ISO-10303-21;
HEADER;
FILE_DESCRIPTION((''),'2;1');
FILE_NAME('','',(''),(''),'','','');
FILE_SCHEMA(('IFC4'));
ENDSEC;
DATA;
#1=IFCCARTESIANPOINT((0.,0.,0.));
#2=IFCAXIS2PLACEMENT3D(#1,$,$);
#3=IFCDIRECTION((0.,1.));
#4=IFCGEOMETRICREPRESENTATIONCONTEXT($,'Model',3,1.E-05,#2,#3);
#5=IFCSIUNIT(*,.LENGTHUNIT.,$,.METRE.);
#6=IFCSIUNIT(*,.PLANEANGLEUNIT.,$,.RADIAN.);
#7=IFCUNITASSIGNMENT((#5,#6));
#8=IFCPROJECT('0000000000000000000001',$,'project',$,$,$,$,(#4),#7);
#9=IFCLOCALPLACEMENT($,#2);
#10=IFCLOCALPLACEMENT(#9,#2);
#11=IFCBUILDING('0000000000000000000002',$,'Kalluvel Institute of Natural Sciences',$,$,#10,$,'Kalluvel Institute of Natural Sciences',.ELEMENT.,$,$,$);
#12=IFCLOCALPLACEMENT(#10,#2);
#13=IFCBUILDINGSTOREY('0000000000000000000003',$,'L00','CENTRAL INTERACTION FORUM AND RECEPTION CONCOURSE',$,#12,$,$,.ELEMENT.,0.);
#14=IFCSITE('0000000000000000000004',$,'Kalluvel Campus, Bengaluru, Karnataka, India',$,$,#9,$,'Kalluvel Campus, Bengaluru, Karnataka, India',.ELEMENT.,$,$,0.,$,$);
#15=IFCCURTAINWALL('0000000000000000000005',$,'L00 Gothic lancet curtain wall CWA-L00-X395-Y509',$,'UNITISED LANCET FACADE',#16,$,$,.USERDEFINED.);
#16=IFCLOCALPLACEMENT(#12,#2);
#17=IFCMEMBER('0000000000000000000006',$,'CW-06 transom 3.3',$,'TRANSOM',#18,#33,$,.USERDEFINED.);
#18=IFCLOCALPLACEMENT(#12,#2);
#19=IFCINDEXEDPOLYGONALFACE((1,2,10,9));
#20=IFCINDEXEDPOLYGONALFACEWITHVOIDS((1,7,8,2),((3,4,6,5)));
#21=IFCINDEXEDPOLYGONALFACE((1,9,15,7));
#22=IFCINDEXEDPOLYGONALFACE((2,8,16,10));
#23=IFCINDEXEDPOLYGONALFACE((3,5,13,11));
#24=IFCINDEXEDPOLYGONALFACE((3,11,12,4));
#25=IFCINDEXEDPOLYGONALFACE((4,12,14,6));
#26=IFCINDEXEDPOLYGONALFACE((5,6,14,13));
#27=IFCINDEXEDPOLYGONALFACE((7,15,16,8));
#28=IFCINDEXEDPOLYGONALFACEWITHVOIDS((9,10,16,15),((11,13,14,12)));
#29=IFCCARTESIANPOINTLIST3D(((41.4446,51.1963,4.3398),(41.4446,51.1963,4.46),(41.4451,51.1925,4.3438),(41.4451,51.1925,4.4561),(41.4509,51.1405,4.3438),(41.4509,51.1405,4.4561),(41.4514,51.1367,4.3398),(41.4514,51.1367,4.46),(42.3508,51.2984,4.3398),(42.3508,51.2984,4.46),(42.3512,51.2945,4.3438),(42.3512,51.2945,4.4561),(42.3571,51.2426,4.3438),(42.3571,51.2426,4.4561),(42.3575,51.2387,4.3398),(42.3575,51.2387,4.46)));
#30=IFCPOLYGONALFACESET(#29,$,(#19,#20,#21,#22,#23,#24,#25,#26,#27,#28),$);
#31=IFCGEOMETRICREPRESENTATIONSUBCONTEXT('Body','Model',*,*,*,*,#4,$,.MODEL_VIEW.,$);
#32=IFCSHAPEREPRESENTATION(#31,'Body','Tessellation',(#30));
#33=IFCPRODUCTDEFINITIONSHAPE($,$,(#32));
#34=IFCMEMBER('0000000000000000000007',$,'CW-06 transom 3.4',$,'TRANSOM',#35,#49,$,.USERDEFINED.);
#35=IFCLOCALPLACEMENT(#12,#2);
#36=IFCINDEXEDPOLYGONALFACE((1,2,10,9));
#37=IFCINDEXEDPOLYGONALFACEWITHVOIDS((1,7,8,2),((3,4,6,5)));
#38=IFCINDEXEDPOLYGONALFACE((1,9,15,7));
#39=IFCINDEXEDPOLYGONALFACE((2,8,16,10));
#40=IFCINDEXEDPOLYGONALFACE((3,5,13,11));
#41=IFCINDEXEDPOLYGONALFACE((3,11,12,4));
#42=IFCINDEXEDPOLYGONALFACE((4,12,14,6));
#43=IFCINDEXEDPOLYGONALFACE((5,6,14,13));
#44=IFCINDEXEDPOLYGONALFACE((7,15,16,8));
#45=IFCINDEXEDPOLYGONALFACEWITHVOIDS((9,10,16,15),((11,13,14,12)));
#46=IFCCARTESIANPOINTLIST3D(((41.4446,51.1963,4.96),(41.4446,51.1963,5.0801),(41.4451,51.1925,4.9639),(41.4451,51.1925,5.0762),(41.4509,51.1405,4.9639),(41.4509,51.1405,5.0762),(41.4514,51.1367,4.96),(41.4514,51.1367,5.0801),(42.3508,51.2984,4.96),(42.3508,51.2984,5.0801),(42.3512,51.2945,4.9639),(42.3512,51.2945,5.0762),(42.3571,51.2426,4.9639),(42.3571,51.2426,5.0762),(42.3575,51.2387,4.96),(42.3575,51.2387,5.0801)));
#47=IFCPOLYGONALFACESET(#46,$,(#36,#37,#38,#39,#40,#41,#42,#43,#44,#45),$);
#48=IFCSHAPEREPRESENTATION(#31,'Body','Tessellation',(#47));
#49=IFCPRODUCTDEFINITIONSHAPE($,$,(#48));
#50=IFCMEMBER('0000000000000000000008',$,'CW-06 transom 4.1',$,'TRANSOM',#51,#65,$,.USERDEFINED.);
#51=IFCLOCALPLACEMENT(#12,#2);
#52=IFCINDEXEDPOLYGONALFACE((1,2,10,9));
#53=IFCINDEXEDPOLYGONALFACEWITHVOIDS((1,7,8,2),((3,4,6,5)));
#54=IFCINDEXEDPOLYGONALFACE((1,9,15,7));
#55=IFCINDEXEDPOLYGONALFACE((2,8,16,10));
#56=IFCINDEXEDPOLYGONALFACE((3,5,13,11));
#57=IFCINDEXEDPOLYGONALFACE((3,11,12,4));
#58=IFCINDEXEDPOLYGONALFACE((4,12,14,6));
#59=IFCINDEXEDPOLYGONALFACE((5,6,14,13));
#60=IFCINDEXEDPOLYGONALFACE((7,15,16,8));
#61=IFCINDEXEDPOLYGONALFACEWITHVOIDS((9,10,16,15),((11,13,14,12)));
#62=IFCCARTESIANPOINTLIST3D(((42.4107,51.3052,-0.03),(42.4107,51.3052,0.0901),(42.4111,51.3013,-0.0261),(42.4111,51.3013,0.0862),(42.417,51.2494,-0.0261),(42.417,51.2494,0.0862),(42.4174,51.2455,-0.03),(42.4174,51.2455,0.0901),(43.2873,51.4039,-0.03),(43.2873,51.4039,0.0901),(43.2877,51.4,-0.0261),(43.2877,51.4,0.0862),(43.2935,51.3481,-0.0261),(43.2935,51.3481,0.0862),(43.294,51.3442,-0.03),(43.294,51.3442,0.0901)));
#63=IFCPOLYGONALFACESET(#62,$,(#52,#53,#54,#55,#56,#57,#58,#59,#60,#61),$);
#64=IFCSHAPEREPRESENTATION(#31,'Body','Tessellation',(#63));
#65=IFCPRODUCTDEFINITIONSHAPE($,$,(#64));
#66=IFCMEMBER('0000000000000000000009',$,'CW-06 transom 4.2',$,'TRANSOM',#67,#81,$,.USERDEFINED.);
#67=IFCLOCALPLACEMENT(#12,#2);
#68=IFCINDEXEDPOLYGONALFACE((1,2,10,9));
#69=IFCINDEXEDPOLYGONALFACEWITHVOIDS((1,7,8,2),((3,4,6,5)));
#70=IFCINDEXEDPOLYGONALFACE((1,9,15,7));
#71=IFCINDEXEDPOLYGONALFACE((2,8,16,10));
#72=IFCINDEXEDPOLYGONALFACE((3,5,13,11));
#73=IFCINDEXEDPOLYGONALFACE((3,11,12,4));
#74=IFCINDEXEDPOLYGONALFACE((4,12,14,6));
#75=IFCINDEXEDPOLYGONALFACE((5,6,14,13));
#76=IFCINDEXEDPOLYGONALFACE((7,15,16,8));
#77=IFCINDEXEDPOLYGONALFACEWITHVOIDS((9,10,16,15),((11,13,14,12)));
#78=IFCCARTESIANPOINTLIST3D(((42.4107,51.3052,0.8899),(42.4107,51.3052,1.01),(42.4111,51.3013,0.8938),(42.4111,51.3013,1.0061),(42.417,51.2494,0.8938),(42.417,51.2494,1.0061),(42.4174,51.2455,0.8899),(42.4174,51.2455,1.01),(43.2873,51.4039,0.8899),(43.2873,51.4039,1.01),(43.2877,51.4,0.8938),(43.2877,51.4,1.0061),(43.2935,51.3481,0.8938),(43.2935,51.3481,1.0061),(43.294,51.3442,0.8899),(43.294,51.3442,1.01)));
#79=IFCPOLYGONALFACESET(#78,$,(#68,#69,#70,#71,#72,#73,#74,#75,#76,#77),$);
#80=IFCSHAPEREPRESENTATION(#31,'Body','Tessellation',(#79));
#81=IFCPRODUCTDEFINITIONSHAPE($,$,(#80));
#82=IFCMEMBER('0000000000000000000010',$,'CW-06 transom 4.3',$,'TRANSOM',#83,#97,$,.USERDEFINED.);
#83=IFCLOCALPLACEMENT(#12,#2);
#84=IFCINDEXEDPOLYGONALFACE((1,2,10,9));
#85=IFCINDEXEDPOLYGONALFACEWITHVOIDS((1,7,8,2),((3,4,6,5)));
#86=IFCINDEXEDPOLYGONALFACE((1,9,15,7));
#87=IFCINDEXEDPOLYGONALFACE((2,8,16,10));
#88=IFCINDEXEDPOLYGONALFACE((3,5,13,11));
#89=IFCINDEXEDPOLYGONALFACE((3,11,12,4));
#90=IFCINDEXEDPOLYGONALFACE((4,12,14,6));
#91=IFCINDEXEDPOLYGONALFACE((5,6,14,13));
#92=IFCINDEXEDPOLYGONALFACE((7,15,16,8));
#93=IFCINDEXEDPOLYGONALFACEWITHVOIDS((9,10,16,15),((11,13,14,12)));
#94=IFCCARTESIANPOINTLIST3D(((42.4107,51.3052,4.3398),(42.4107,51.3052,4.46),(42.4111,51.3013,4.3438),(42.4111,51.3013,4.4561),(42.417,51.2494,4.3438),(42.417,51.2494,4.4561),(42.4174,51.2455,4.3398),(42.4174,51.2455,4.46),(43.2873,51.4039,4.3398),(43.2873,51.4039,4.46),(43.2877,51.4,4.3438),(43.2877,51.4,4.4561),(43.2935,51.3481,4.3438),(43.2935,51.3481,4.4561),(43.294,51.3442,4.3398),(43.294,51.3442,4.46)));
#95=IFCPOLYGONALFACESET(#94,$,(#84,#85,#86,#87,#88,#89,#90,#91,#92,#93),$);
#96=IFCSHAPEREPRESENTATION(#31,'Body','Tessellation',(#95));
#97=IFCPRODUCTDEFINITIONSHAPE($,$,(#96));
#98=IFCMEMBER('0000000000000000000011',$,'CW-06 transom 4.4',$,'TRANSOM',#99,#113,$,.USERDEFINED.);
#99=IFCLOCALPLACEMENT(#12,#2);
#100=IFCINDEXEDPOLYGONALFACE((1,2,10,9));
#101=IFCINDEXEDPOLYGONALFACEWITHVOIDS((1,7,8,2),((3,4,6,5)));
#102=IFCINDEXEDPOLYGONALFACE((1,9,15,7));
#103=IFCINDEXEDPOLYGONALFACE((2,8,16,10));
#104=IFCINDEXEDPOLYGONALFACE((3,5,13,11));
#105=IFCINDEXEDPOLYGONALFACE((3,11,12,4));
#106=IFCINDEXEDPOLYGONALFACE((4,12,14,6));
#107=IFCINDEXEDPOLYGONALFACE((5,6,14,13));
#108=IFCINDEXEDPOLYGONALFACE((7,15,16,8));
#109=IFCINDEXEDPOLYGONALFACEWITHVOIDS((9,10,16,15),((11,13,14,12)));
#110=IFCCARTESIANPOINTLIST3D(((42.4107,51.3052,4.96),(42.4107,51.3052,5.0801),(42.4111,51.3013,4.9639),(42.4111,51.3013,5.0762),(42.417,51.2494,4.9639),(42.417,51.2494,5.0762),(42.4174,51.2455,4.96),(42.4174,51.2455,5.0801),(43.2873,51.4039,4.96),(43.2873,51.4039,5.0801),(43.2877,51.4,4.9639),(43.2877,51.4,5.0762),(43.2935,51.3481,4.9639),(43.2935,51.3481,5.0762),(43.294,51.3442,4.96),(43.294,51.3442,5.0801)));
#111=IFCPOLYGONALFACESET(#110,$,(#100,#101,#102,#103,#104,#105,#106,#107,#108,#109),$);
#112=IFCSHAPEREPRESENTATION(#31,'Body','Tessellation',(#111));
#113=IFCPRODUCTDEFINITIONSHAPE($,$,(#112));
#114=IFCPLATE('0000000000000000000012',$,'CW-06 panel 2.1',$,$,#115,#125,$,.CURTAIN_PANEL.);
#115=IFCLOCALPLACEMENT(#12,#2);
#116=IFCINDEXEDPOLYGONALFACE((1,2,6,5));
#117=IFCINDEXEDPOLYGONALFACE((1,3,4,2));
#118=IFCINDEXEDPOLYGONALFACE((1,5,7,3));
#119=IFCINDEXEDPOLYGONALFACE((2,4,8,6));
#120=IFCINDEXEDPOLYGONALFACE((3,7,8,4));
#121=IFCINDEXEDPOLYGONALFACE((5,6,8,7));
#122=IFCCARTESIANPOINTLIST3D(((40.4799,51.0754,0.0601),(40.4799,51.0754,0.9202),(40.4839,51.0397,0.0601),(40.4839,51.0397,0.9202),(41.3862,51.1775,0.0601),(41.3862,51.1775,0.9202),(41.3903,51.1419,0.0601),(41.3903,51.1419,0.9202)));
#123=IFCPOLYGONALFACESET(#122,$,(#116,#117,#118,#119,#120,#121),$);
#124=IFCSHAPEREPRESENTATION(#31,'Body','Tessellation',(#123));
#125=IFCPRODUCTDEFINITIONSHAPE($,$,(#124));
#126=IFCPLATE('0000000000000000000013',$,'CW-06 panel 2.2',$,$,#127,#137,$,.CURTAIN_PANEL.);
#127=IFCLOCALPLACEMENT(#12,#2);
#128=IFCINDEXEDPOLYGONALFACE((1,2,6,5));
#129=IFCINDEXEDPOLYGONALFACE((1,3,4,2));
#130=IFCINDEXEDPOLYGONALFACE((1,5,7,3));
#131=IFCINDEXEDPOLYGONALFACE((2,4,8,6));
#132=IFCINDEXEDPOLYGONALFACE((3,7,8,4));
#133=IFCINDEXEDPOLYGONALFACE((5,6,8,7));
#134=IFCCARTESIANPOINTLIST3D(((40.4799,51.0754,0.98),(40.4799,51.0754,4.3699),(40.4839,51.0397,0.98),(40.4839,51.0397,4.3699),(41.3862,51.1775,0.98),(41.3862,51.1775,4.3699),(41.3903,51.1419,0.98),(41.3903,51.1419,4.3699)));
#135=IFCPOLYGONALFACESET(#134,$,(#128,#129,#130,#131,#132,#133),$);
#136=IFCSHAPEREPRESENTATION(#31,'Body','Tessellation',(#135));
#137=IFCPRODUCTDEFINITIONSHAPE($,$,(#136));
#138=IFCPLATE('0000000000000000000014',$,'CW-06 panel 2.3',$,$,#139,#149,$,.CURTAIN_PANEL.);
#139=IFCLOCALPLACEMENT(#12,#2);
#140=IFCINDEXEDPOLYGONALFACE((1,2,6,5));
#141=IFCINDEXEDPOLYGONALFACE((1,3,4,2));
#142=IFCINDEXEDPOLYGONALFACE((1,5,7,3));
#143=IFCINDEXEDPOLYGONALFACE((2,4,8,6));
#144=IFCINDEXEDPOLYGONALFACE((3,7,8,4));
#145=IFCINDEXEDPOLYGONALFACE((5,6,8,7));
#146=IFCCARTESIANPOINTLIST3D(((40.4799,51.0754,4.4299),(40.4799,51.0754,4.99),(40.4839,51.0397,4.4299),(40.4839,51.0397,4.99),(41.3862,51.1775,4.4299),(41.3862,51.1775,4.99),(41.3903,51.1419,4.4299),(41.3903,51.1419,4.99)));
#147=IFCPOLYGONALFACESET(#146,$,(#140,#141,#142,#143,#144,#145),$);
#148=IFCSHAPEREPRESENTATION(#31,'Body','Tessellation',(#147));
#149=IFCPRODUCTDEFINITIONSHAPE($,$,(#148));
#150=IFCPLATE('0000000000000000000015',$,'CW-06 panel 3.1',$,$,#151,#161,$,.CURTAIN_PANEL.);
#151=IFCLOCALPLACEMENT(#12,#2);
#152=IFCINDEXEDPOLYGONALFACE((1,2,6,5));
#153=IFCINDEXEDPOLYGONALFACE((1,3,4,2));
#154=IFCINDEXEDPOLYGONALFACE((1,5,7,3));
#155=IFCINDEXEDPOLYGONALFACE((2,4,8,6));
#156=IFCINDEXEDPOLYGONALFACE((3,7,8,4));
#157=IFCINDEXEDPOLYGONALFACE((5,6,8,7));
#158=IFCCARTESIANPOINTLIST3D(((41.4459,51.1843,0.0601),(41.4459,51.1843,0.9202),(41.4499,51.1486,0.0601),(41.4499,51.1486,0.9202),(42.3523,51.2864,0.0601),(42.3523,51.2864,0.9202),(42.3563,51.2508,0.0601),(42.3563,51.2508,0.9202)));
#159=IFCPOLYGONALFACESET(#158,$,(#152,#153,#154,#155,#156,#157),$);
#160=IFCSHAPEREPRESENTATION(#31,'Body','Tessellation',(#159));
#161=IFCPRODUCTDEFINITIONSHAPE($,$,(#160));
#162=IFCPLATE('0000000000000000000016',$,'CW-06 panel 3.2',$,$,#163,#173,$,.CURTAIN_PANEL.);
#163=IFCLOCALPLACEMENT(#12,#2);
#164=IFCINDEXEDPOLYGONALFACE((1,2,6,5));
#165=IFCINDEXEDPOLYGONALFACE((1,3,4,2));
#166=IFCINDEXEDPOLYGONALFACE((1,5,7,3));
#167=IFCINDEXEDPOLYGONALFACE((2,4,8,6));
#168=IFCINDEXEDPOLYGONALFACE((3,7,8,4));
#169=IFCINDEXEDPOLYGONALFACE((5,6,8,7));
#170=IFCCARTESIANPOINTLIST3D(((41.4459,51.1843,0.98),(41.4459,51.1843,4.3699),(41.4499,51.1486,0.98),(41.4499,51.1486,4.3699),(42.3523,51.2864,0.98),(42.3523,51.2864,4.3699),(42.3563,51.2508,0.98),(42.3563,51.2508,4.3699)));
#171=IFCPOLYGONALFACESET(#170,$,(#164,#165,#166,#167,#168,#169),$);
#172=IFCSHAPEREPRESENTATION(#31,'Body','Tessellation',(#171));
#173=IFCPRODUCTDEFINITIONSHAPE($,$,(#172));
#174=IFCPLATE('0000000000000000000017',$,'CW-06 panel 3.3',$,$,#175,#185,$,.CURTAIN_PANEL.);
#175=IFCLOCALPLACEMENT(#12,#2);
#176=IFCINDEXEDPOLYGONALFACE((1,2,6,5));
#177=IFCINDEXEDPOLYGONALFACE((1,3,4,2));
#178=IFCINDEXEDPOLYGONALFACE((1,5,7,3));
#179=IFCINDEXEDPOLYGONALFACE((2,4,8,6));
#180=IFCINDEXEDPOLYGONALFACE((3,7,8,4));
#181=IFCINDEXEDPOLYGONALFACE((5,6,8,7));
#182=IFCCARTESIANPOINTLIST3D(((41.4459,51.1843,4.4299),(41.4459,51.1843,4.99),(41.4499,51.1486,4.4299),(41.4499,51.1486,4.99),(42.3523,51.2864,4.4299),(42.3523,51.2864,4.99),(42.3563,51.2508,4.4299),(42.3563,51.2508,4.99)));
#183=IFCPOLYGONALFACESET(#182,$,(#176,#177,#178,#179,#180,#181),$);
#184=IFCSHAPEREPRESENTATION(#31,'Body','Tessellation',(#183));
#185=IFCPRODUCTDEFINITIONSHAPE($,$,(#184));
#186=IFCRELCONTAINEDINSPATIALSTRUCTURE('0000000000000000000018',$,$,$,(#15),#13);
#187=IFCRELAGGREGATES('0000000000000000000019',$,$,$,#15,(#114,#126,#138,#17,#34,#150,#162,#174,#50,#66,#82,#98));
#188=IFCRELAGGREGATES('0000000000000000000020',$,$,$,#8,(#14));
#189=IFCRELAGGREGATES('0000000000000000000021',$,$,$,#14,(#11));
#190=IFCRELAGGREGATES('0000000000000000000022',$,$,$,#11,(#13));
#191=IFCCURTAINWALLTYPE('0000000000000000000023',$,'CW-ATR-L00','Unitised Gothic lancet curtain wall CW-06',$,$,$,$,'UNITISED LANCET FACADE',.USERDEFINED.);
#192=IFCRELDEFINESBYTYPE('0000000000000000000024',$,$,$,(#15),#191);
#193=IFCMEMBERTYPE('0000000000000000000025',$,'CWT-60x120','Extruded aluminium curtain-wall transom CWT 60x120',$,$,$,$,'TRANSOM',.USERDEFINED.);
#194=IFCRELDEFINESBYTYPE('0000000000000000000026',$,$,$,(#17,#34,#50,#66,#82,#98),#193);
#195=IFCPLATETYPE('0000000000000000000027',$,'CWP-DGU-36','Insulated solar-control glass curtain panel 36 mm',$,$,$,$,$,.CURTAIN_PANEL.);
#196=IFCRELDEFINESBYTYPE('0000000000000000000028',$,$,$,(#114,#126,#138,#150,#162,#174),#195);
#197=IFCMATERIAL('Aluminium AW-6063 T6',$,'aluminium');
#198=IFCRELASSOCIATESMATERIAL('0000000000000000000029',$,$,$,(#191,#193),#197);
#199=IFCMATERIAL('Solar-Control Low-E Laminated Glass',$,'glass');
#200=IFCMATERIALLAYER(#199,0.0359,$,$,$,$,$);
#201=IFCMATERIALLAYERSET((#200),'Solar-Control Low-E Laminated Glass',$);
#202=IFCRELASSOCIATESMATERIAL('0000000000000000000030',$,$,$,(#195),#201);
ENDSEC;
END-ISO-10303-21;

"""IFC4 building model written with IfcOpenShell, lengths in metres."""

from ifc_helpers import new_model, si_unit, direction, frame, origin, origin_2d, place, context, subcontext, project, spatial, rectangle, hollow_rectangle, extrude, material, layer, layer_set, material_profile, profile_set, type_object, element, aggregate, save


model = new_model("IFC4")

# Units and contexts
model_context = context("Model", 3, precision=1e-05, world=origin(), true_north=direction((0.0, 1.0)))
body_context = subcontext(model_context, "Body", "Model", "MODEL_VIEW")
ifc_project = project(units=[si_unit("LENGTHUNIT", "METRE"), si_unit("PLANEANGLEUNIT", "RADIAN")], contexts=[model_context])

# Site, building, storey
site_placement = place(None, origin())
site = spatial("IfcSite", under=ifc_project, at=site_placement, Name="Kalluvel Campus, Bengaluru, Karnataka, India", LongName="Kalluvel Campus, Bengaluru, Karnataka, India", CompositionType="ELEMENT", RefElevation=0.0)
building_placement = place(site_placement, origin())
building = spatial("IfcBuilding", under=site, at=building_placement, Name="Kalluvel Institute of Natural Sciences", LongName="Kalluvel Institute of Natural Sciences", CompositionType="ELEMENT")
storey_placement = place(building_placement, origin())
storey = spatial("IfcBuildingStorey", under=building, at=storey_placement, Name="L00", Description="CENTRAL INTERACTION FORUM AND RECEPTION CONCOURSE", CompositionType="ELEMENT", Elevation=0.0)

# Curtain wall, members, plates
ifc_material_1 = material(Name="Aluminium AW-6063 T6", Category="aluminium")
curtain_wall_type = type_object("IfcCurtainWallType", Name="CW-ATR-L00", Description="Unitised Gothic lancet curtain wall CW-06", ElementType="UNITISED LANCET FACADE", PredefinedType="USERDEFINED", material=ifc_material_1)
curtain_wall_placement = place(storey_placement, origin())
curtain_wall = element("IfcCurtainWall", 1, at=curtain_wall_placement, inside=storey, type_object=curtain_wall_type, Name="L00 Gothic lancet curtain wall CWA-L00-X395-Y509", ObjectType="UNITISED LANCET FACADE", PredefinedType="USERDEFINED")
ifc_material_profile_1 = material_profile(ifc_material_1, hollow_rectangle(XDim=0.0601, YDim=0.1201, WallThickness=0.0039, at=origin_2d()), Name="CWT 60x120")
ifc_profile_set_1 = profile_set([ifc_material_profile_1], Name="Aluminium AW-6063 T6")
member_type_1 = type_object("IfcMemberType", Name="CWT-60x120", Description="Extruded aluminium curtain-wall transom CWT 60x120", ElementType="TRANSOM", PredefinedType="USERDEFINED", material=ifc_profile_set_1)
member_1_placement = place(storey_placement, frame((41.448, 51.1665, 4.3999), z_axis=(0.993719, 0.111901, 0.0), x_axis=(-0.111901, 0.993719, 0.0)))
member_1 = element("IfcMember", 2, at=member_1_placement, type_object=member_type_1, Name="CW-06 transom 3.3", ObjectType="TRANSOM", PredefinedType="USERDEFINED", context=body_context, shape_type="SweptSolid", body=[
    extrude(hollow_rectangle(XDim=0.0601, YDim=0.1201, WallThickness=0.0039, at=origin_2d()), origin(), (0.0, 0.0, 1.0), 0.9119),
])
member_2_placement = place(storey_placement, frame((41.448, 51.1665, 5.02), z_axis=(0.993719, 0.111901, 0.0), x_axis=(-0.111901, 0.993719, 0.0)))
member_2 = element("IfcMember", 3, at=member_2_placement, type_object=member_type_1, Name="CW-06 transom 3.4", ObjectType="TRANSOM", PredefinedType="USERDEFINED", context=body_context, shape_type="SweptSolid", body=[
    extrude(hollow_rectangle(XDim=0.0601, YDim=0.1201, WallThickness=0.0039, at=origin_2d()), origin(), (0.0, 0.0, 1.0), 0.9119),
])
member_3_placement = place(storey_placement, frame((42.4141, 51.2754, 0.03), z_axis=(0.993727, 0.111829, 0.0), x_axis=(-0.111829, 0.993727, 0.0)))
member_3 = element("IfcMember", 4, at=member_3_placement, type_object=member_type_1, Name="CW-06 transom 4.1", ObjectType="TRANSOM", PredefinedType="USERDEFINED", context=body_context, shape_type="SweptSolid", body=[
    extrude(hollow_rectangle(XDim=0.0601, YDim=0.1201, WallThickness=0.0039, at=origin_2d()), origin(), (0.0, 0.0, 1.0), 0.8821),
])
member_4_placement = place(storey_placement, frame((42.4141, 51.2754, 0.95), z_axis=(0.993727, 0.111829, 0.0), x_axis=(-0.111829, 0.993727, 0.0)))
member_4 = element("IfcMember", 5, at=member_4_placement, type_object=member_type_1, Name="CW-06 transom 4.2", ObjectType="TRANSOM", PredefinedType="USERDEFINED", context=body_context, shape_type="SweptSolid", body=[
    extrude(hollow_rectangle(XDim=0.0601, YDim=0.1201, WallThickness=0.0039, at=origin_2d()), origin(), (0.0, 0.0, 1.0), 0.8821),
])
member_5_placement = place(storey_placement, frame((42.4141, 51.2754, 4.3999), z_axis=(0.993727, 0.111829, 0.0), x_axis=(-0.111829, 0.993727, 0.0)))
member_5 = element("IfcMember", 6, at=member_5_placement, type_object=member_type_1, Name="CW-06 transom 4.3", ObjectType="TRANSOM", PredefinedType="USERDEFINED", context=body_context, shape_type="SweptSolid", body=[
    extrude(hollow_rectangle(XDim=0.0601, YDim=0.1201, WallThickness=0.0039, at=origin_2d()), origin(), (0.0, 0.0, 1.0), 0.8821),
])
member_6_placement = place(storey_placement, frame((42.4141, 51.2754, 5.02), z_axis=(0.993727, 0.111829, 0.0), x_axis=(-0.111829, 0.993727, 0.0)))
member_6 = element("IfcMember", 7, at=member_6_placement, type_object=member_type_1, Name="CW-06 transom 4.4", ObjectType="TRANSOM", PredefinedType="USERDEFINED", context=body_context, shape_type="SweptSolid", body=[
    extrude(hollow_rectangle(XDim=0.0601, YDim=0.1201, WallThickness=0.0039, at=origin_2d()), origin(), (0.0, 0.0, 1.0), 0.8821),
])
ifc_material_2 = material(Name="Solar-Control Low-E Laminated Glass", Category="glass")
ifc_layer = layer(ifc_material_2, 0.0359)
ifc_layer_set = layer_set([ifc_layer], Name="Solar-Control Low-E Laminated Glass")
plate_type = type_object("IfcPlateType", Name="CWP-DGU-36", Description="Insulated solar-control glass curtain panel 36 mm", PredefinedType="CURTAIN_PANEL", material=ifc_layer_set)
plate_1_placement = place(storey_placement, frame((40.9351, 51.1086, 0.0601), z_axis=(0.0, 0.0, 1.0), x_axis=(0.993712, 0.111967, 0.0)))
plate_1 = element("IfcPlate", 8, at=plate_1_placement, type_object=plate_type, Name="CW-06 panel 2.1", PredefinedType="CURTAIN_PANEL", context=body_context, shape_type="SweptSolid", body=[
    extrude(rectangle(XDim=0.9121, YDim=0.0359, at=origin_2d()), origin(), (0.0, 0.0, 1.0), 0.8601),
])
plate_2_placement = place(storey_placement, frame((40.9351, 51.1086, 0.98), z_axis=(0.0, 0.0, 1.0), x_axis=(0.993712, 0.111967, 0.0)))
plate_2 = element("IfcPlate", 9, at=plate_2_placement, type_object=plate_type, Name="CW-06 panel 2.2", PredefinedType="CURTAIN_PANEL", context=body_context, shape_type="SweptSolid", body=[
    extrude(rectangle(XDim=0.9121, YDim=0.0359, at=origin_2d()), origin(), (0.0, 0.0, 1.0), 3.3899),
])
plate_3_placement = place(storey_placement, frame((40.9351, 51.1086, 4.4299), z_axis=(0.0, 0.0, 1.0), x_axis=(0.993712, 0.111967, 0.0)))
plate_3 = element("IfcPlate", 10, at=plate_3_placement, type_object=plate_type, Name="CW-06 panel 2.3", PredefinedType="CURTAIN_PANEL", context=body_context, shape_type="SweptSolid", body=[
    extrude(rectangle(XDim=0.9121, YDim=0.0359, at=origin_2d()), origin(), (0.0, 0.0, 1.0), 0.5601),
])
plate_4_placement = place(storey_placement, frame((41.9011, 51.2175, 0.0601), z_axis=(0.0, 0.0, 1.0), x_axis=(0.993712, 0.111967, 0.0)))
plate_4 = element("IfcPlate", 11, at=plate_4_placement, type_object=plate_type, Name="CW-06 panel 3.1", PredefinedType="CURTAIN_PANEL", context=body_context, shape_type="SweptSolid", body=[
    extrude(rectangle(XDim=0.9121, YDim=0.0359, at=origin_2d()), origin(), (0.0, 0.0, 1.0), 0.8601),
])
plate_5_placement = place(storey_placement, frame((41.9011, 51.2175, 0.98), z_axis=(0.0, 0.0, 1.0), x_axis=(0.993712, 0.111967, 0.0)))
plate_5 = element("IfcPlate", 12, at=plate_5_placement, type_object=plate_type, Name="CW-06 panel 3.2", PredefinedType="CURTAIN_PANEL", context=body_context, shape_type="SweptSolid", body=[
    extrude(rectangle(XDim=0.9121, YDim=0.0359, at=origin_2d()), origin(), (0.0, 0.0, 1.0), 3.3899),
])
plate_6_placement = place(storey_placement, frame((41.9011, 51.2175, 4.4299), z_axis=(0.0, 0.0, 1.0), x_axis=(0.993712, 0.111967, 0.0)))
plate_6 = element("IfcPlate", 13, at=plate_6_placement, type_object=plate_type, Name="CW-06 panel 3.3", PredefinedType="CURTAIN_PANEL", context=body_context, shape_type="SweptSolid", body=[
    extrude(rectangle(XDim=0.9121, YDim=0.0359, at=origin_2d()), origin(), (0.0, 0.0, 1.0), 0.5601),
])
aggregate(curtain_wall, [plate_1, plate_2, plate_3, member_1, member_2, plate_4, plate_5, plate_6, member_3, member_4, member_5, member_6])

save(model, "model.ifc")
